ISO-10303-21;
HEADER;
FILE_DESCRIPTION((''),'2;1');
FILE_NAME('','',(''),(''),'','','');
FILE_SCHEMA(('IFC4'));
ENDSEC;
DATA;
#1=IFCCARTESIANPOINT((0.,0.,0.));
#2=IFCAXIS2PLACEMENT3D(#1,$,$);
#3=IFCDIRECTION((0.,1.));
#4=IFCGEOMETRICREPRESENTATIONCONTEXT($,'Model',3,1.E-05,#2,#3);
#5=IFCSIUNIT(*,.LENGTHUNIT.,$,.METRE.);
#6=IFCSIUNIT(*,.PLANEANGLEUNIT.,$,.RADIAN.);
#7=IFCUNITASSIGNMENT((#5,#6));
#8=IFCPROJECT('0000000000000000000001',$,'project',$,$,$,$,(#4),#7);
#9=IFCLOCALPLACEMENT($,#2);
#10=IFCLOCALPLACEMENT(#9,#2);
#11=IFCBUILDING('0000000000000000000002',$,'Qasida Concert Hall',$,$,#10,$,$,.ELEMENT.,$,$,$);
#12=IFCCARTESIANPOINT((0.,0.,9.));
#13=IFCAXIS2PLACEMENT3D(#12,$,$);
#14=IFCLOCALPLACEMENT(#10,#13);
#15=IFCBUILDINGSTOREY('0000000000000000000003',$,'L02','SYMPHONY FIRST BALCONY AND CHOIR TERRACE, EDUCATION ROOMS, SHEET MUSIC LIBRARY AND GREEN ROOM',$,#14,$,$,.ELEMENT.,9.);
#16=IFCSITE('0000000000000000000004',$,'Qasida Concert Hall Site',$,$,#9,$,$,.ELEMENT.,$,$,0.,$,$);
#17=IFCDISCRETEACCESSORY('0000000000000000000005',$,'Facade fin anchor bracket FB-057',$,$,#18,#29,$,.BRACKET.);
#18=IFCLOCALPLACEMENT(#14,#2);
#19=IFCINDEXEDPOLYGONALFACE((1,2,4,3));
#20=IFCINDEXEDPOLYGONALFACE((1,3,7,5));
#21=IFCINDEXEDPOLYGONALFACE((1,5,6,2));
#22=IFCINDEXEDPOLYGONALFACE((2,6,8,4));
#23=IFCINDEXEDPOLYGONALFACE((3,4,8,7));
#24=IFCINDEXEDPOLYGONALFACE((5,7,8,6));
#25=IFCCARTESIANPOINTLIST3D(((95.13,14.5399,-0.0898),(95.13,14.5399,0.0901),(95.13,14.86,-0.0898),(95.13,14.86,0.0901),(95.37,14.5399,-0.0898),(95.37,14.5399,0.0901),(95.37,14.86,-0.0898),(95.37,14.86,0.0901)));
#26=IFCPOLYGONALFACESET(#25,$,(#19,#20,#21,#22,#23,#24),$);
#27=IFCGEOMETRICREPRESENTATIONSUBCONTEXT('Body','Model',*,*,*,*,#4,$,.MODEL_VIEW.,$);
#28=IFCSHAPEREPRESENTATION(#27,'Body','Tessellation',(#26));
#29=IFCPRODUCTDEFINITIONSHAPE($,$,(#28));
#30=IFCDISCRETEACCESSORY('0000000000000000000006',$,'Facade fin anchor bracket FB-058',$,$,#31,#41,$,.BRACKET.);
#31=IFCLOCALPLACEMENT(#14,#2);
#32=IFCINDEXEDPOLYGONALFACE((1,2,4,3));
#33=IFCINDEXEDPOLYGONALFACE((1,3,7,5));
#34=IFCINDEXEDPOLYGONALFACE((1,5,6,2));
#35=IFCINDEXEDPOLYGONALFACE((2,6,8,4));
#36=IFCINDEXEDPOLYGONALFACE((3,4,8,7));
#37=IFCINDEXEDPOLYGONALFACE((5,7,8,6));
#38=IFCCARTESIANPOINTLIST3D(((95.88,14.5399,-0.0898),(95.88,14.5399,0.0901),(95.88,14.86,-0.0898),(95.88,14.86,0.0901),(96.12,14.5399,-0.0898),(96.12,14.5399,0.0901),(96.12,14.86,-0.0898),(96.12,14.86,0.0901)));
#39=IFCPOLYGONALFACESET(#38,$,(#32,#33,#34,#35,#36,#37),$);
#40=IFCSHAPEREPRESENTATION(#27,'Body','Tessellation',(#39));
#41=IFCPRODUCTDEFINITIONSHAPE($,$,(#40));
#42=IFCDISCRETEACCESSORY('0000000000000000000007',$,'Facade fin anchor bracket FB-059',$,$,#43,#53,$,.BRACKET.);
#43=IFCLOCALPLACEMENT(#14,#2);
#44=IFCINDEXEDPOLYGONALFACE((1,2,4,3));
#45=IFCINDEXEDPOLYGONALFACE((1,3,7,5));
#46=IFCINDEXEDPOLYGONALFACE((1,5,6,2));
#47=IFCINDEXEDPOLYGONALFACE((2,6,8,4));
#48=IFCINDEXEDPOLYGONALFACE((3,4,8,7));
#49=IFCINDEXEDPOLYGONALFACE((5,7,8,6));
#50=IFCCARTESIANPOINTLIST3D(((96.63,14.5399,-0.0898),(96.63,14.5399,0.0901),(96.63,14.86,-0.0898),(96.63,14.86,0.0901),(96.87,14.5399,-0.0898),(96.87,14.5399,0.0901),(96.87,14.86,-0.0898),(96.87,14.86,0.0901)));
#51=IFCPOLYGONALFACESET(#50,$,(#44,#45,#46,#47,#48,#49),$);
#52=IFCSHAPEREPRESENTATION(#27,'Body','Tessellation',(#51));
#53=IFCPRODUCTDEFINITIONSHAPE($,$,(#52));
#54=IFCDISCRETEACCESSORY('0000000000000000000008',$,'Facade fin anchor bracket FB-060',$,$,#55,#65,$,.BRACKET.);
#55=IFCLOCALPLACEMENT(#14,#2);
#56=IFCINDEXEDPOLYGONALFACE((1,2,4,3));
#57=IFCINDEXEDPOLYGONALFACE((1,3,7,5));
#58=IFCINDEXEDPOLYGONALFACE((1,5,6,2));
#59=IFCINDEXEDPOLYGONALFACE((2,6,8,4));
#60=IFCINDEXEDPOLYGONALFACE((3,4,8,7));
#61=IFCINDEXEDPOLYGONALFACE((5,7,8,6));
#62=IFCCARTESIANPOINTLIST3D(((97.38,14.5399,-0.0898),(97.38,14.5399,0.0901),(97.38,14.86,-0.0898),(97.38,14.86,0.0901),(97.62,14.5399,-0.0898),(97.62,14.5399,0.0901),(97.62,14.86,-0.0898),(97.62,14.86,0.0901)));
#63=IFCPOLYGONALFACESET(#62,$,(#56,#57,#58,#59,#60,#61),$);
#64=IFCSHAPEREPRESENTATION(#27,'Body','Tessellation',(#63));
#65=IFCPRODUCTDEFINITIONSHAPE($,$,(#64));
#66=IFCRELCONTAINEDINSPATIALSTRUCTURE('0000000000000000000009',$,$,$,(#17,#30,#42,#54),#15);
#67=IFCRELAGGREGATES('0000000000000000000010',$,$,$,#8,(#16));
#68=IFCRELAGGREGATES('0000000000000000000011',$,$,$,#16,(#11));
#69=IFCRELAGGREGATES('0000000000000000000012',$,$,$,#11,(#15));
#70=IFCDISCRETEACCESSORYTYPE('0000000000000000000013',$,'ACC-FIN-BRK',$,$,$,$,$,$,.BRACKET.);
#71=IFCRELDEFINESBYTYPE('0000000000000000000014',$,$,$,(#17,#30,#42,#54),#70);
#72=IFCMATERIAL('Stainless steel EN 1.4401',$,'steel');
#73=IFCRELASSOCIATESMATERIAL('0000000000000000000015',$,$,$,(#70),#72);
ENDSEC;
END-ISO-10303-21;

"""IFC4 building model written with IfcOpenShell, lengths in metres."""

from ifc_helpers import new_model, si_unit, direction, frame, origin, origin_2d, place, context, subcontext, project, spatial, rectangle, extrude, material, type_object, element, save


model = new_model("IFC4")

# Units and contexts
model_context = context("Model", 3, precision=1e-05, world=origin(), true_north=direction((0.0, 1.0)))
body_context = subcontext(model_context, "Body", "Model", "MODEL_VIEW")
ifc_project = project(units=[si_unit("LENGTHUNIT", "METRE"), si_unit("PLANEANGLEUNIT", "RADIAN")], contexts=[model_context])

# Site, building, storey
site_placement = place(None, origin())
site = spatial("IfcSite", under=ifc_project, at=site_placement, Name="Qasida Concert Hall Site", CompositionType="ELEMENT", RefElevation=0.0)
building_placement = place(site_placement, origin())
building = spatial("IfcBuilding", under=site, at=building_placement, Name="Qasida Concert Hall", CompositionType="ELEMENT")
storey_placement = place(building_placement, frame((0.0, 0.0, 9.0)))
storey = spatial("IfcBuildingStorey", under=building, at=storey_placement, Name="L02", Description="SYMPHONY FIRST BALCONY AND CHOIR TERRACE, EDUCATION ROOMS, SHEET MUSIC LIBRARY AND GREEN ROOM", CompositionType="ELEMENT", Elevation=9.0)

# Discrete accessories
ifc_material_1 = material(Name="Stainless steel EN 1.4401", Category="steel")
discrete_accessory_type = type_object("IfcDiscreteAccessoryType", Name="ACC-FIN-BRK", PredefinedType="BRACKET", material=ifc_material_1)
for number, where, z_axis, x_axis, name in (
    (1, (95.25, 14.7, -0.0898), (0.0, 0.0, 1.0), (1.0, 0.0, 0.0), "Facade fin anchor bracket FB-057"),
    (2, (96.0, 14.7, -0.0898), (0.0, 0.0, 1.0), (1.0, 0.0, 0.0), "Facade fin anchor bracket FB-058"),
    (3, (96.75, 14.7, -0.0898), (0.0, 0.0, 1.0), (1.0, 0.0, 0.0), "Facade fin anchor bracket FB-059"),
    (4, (97.5, 14.7, -0.0898), (0.0, 0.0, 1.0), (1.0, 0.0, 0.0), "Facade fin anchor bracket FB-060"),
):
    element("IfcDiscreteAccessory", number, at=place(storey_placement, frame(where, z_axis=z_axis, x_axis=x_axis)), inside=storey, type_object=discrete_accessory_type, Name=name, PredefinedType="BRACKET", context=body_context, shape_type="SweptSolid", body=[
        extrude(rectangle(XDim=0.24, YDim=0.3201, at=origin_2d()), origin(), (0.0, 0.0, 1.0), 0.1799),
    ])

save(model, "model.ifc")
